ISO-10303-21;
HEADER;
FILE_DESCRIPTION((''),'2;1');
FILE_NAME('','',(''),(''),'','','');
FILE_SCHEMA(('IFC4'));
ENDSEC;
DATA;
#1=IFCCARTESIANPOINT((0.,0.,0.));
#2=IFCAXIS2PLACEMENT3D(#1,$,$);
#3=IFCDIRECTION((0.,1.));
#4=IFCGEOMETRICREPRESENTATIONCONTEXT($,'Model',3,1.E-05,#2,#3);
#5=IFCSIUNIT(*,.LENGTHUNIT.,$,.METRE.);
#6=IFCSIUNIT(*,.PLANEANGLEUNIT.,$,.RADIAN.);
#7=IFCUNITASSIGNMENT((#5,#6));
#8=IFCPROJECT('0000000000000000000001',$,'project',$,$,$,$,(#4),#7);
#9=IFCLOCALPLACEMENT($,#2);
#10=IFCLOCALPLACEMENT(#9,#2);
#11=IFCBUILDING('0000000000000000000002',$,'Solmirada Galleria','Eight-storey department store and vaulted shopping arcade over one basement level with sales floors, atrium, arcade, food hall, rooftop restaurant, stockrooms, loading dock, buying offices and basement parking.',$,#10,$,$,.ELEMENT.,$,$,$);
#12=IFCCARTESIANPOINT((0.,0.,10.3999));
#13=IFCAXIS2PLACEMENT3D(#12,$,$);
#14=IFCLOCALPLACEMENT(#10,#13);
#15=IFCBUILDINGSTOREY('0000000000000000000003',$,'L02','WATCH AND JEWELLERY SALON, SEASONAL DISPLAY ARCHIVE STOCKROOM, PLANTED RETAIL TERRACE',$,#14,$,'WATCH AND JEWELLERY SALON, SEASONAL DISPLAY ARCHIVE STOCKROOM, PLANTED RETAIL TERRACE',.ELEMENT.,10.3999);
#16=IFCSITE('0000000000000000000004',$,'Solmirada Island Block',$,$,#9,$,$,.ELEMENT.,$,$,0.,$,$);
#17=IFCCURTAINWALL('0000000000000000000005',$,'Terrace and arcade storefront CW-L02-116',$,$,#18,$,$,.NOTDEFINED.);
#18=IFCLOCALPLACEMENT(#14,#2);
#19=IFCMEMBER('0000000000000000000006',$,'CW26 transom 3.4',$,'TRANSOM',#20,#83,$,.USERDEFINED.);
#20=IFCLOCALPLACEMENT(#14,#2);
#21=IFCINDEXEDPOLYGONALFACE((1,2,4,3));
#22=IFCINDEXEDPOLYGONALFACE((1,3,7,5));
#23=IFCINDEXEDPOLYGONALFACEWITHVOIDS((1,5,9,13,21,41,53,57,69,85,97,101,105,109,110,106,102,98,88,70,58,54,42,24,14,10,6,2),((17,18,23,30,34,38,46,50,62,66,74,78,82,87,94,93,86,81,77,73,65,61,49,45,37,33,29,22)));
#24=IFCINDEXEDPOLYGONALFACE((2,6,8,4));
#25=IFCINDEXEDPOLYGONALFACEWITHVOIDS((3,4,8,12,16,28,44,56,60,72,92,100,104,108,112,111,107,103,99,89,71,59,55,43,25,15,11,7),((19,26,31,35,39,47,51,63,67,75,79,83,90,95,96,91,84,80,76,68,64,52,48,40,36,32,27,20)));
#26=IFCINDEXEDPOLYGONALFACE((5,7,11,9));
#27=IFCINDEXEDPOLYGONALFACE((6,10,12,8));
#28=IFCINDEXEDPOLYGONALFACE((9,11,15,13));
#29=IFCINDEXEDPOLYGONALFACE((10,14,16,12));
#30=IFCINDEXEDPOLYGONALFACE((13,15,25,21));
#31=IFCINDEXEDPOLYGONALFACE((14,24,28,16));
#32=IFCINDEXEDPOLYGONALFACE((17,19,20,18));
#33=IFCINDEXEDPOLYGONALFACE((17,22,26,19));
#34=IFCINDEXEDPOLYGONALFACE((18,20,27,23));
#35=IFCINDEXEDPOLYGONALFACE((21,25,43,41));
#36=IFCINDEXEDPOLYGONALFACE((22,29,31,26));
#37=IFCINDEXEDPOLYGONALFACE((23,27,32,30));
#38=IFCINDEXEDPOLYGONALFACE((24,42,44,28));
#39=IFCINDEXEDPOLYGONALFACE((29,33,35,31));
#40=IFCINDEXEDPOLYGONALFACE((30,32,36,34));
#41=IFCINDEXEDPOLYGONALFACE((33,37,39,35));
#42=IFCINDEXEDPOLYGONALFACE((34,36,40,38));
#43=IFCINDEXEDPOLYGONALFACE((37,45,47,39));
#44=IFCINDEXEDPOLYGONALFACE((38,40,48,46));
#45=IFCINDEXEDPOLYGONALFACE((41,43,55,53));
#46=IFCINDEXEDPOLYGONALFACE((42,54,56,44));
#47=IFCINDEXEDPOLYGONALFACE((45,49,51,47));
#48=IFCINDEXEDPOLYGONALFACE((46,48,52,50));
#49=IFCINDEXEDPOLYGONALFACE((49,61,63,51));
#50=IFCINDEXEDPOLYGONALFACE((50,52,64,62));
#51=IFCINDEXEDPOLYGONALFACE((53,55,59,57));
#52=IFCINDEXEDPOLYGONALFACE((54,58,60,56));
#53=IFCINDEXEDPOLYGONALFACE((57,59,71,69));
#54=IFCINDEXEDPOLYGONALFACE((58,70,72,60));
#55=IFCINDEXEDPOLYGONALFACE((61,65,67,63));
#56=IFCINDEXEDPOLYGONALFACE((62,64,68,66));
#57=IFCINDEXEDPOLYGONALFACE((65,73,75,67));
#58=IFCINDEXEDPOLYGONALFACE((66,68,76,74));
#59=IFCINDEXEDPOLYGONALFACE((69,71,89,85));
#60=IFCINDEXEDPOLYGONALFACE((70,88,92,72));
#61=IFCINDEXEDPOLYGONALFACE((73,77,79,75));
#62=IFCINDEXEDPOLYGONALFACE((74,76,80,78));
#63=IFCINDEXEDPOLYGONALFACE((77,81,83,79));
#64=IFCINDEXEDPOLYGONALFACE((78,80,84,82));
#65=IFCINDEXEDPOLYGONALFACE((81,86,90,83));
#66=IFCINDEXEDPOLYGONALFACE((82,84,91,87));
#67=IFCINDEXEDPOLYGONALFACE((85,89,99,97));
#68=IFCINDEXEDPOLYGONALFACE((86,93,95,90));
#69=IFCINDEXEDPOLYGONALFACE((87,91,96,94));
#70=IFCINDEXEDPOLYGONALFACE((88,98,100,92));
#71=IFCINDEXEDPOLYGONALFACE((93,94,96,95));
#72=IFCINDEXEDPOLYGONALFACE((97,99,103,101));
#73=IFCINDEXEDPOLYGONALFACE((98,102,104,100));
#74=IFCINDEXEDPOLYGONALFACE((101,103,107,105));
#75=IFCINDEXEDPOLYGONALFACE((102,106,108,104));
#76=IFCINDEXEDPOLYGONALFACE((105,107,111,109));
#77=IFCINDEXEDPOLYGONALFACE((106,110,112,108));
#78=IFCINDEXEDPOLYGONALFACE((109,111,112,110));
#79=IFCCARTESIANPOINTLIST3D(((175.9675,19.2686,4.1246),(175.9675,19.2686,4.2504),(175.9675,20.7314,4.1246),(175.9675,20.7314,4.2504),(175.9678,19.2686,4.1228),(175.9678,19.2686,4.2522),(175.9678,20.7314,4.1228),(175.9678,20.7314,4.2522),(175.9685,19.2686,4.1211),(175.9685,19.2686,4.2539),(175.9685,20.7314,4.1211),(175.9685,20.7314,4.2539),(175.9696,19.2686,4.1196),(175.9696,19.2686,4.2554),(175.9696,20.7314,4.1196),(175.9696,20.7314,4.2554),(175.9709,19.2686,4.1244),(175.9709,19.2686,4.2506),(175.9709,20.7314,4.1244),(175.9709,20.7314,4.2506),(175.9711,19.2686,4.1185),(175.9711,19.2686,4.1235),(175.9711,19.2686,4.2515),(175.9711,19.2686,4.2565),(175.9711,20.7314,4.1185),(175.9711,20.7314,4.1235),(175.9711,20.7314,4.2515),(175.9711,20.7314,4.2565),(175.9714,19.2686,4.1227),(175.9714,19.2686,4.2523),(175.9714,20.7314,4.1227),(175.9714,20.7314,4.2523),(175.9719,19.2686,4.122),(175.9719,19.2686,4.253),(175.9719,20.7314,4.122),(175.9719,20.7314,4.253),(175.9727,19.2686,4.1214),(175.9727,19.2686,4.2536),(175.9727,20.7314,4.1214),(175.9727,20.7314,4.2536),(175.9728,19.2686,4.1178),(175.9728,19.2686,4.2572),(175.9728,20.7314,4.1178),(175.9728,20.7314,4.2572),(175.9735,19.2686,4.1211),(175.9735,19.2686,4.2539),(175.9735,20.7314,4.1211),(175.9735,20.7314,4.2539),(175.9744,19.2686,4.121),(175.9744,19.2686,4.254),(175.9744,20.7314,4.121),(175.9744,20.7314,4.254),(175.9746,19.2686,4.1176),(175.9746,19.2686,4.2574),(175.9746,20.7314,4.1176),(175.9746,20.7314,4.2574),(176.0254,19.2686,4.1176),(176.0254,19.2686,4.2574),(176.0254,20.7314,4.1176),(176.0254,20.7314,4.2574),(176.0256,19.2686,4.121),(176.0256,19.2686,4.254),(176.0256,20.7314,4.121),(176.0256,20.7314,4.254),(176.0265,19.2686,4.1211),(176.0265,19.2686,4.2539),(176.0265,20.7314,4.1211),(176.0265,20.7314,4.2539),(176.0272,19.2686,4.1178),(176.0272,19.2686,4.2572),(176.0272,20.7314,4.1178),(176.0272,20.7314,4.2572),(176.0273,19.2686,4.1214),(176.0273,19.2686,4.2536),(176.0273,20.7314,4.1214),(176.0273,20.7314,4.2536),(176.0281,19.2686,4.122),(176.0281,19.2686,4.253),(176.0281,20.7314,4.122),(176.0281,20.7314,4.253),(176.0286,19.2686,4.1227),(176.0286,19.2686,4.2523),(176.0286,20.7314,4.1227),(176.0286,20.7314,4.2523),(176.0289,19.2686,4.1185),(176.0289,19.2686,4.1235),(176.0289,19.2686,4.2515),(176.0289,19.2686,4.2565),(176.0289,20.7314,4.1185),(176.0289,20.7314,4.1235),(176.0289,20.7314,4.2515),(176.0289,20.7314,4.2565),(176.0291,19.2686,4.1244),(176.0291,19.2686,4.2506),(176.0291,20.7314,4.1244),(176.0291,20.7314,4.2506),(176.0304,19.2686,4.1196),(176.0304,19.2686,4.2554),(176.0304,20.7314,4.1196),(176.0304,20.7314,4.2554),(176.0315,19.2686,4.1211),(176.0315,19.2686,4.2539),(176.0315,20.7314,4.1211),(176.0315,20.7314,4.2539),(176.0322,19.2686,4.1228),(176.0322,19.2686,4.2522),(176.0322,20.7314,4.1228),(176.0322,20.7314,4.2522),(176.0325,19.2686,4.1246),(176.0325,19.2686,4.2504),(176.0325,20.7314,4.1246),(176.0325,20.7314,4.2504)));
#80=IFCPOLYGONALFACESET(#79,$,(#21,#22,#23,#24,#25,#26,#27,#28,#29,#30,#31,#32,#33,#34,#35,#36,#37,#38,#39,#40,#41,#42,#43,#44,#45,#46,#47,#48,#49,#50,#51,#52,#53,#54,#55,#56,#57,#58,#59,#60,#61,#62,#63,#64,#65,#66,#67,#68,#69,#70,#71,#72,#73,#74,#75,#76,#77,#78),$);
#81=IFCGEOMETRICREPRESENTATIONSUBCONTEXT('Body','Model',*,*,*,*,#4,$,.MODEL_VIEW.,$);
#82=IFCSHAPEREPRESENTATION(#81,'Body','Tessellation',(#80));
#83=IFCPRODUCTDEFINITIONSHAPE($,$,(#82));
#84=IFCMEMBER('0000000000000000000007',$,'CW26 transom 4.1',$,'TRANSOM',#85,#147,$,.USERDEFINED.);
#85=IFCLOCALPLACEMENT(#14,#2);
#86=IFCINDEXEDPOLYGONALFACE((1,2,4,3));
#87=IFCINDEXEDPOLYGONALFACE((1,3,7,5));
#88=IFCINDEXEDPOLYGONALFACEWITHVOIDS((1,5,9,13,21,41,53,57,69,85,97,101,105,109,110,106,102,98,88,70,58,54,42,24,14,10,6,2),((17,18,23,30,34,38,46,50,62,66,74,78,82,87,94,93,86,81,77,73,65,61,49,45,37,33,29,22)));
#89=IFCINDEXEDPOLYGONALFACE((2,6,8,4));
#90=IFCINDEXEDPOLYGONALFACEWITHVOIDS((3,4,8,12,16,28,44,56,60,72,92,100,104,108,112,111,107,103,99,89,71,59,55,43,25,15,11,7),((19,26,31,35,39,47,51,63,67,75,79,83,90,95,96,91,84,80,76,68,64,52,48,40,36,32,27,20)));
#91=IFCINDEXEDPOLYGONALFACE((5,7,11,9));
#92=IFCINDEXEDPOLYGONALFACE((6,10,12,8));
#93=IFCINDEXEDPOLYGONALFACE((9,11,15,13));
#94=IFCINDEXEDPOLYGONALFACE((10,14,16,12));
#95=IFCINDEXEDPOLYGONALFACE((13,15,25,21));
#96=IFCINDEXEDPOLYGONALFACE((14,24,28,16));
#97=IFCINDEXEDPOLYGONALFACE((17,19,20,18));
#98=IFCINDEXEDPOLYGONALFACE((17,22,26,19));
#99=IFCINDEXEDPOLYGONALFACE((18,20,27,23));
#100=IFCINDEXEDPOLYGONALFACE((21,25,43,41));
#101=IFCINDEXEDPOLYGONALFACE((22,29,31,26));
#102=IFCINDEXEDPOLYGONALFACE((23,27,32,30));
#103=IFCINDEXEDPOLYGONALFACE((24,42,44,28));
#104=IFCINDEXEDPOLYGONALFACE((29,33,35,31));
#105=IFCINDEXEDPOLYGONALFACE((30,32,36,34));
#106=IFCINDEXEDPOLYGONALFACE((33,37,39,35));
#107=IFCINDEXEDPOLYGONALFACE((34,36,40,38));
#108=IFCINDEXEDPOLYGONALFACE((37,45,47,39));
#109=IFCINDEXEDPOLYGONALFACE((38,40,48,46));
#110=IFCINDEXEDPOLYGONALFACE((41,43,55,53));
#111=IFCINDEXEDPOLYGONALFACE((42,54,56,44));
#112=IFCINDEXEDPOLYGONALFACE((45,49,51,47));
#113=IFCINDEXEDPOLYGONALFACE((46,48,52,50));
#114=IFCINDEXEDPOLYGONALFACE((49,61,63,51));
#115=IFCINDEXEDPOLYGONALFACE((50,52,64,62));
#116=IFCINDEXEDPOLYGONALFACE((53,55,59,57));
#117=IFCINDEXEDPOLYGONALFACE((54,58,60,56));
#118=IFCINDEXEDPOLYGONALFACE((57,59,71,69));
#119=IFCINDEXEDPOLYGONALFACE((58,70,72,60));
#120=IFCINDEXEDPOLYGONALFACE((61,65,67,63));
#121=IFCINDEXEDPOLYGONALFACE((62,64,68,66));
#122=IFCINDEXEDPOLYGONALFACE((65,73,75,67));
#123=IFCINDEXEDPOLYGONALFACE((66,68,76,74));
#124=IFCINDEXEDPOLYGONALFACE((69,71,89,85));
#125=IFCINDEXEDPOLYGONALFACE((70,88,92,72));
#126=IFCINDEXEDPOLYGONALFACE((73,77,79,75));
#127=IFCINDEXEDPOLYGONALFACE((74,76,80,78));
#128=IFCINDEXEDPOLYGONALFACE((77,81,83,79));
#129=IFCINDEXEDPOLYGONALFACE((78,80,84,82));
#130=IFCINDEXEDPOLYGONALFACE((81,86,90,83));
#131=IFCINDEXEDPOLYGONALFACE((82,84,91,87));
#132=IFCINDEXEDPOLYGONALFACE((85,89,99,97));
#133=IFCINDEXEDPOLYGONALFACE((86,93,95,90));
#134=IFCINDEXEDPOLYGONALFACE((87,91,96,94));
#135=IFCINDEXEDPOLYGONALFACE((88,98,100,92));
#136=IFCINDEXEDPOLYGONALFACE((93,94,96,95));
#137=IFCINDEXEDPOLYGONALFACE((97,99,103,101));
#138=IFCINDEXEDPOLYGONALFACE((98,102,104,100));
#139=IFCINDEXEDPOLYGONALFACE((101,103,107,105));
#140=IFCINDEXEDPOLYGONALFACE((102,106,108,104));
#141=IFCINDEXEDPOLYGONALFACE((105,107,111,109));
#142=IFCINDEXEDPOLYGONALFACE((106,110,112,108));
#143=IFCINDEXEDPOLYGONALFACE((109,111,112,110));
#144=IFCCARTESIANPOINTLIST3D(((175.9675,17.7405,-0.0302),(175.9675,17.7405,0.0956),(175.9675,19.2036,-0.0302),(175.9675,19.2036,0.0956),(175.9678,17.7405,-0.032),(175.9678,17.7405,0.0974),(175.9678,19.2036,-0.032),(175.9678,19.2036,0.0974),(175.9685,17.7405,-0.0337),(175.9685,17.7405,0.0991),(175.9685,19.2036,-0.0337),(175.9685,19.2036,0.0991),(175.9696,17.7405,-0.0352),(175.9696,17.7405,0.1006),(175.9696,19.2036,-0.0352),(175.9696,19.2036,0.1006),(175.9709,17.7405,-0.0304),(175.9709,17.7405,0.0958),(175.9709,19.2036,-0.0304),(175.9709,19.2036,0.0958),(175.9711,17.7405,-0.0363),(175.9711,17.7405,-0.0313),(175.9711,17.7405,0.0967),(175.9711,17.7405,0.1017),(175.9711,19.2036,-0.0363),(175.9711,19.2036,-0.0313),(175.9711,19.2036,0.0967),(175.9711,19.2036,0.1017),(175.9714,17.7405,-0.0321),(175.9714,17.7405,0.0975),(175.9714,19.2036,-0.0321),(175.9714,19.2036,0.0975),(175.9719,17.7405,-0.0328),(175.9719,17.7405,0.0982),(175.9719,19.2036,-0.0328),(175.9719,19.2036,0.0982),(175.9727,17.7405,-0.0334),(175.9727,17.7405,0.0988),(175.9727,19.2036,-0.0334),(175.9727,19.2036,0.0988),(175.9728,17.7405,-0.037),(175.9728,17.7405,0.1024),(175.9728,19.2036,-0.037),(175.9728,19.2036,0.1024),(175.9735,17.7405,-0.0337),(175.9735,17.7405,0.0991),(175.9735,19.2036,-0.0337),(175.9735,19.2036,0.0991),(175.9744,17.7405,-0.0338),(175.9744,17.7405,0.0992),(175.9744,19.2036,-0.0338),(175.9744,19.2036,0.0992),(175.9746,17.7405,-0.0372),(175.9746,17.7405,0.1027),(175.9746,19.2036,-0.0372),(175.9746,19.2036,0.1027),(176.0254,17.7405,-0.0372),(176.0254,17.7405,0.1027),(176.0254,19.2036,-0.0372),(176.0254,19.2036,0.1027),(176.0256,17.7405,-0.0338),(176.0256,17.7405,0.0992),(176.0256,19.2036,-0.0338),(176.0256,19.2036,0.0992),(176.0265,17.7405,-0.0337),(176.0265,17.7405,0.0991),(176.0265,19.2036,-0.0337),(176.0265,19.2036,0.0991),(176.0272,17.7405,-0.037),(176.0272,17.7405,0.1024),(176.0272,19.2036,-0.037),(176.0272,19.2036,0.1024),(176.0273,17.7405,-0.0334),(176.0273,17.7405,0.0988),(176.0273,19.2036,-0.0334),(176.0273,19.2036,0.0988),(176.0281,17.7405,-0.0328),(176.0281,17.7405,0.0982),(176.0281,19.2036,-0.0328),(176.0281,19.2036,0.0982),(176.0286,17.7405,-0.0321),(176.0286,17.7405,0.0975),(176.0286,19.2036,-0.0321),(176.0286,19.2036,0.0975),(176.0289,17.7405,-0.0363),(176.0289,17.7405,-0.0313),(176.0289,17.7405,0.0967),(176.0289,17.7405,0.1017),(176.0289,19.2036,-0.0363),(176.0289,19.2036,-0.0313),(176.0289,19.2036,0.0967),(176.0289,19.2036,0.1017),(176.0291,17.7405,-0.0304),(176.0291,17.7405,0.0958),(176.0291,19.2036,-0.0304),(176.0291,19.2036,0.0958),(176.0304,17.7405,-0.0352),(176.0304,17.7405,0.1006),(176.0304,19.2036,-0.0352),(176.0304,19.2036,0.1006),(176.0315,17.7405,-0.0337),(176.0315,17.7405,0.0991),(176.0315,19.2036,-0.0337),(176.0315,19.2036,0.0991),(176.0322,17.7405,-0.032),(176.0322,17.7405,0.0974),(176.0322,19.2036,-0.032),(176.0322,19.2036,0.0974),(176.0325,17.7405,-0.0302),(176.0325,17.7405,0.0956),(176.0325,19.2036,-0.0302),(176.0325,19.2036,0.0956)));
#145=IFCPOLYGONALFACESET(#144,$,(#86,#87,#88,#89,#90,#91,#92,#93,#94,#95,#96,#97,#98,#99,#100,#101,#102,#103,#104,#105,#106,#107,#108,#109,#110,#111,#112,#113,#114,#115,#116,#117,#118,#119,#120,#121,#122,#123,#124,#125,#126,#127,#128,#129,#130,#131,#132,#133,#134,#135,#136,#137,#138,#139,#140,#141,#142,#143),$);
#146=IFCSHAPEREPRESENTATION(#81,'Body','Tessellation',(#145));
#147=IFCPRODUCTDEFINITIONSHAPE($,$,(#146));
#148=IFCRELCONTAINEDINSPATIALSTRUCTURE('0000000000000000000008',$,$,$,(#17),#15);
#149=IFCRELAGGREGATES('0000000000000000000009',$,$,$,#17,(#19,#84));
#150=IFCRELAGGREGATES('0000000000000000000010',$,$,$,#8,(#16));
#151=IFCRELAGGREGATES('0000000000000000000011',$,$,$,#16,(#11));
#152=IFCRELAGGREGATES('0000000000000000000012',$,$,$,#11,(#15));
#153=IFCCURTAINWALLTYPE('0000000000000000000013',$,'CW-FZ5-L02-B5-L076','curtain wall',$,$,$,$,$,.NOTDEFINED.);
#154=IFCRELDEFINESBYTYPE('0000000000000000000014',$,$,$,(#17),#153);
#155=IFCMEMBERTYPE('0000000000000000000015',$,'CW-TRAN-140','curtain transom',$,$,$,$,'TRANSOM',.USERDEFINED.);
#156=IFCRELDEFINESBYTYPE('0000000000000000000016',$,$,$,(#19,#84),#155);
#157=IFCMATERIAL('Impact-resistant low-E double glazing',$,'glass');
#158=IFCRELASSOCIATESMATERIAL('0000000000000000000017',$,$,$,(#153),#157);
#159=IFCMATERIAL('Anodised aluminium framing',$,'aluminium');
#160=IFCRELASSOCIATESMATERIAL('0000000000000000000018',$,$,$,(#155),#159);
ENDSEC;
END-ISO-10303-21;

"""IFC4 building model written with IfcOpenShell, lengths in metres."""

from ifc_helpers import new_model, si_unit, direction, frame, origin, origin_2d, place, context, subcontext, project, spatial, hollow_rectangle, extrude, material, material_profile, profile_set, type_object, element, aggregate, save


model = new_model("IFC4")

# Units and contexts
model_context = context("Model", 3, precision=1e-05, world=origin(), true_north=direction((0.0, 1.0)))
body_context = subcontext(model_context, "Body", "Model", "MODEL_VIEW")
ifc_project = project(units=[si_unit("LENGTHUNIT", "METRE"), si_unit("PLANEANGLEUNIT", "RADIAN")], contexts=[model_context])

# Site, building, storey
site_placement = place(None, origin())
site = spatial("IfcSite", under=ifc_project, at=site_placement, Name="Solmirada Island Block", CompositionType="ELEMENT", RefElevation=0.0)
building_placement = place(site_placement, origin())
building = spatial("IfcBuilding", under=site, at=building_placement, Name="Solmirada Galleria", Description="Eight-storey department store and vaulted shopping arcade over one basement level with sales floors, atrium, arcade, food hall, rooftop restaurant, stockrooms, loading dock, buying offices and basement parking.", CompositionType="ELEMENT")
storey_placement = place(building_placement, frame((0.0, 0.0, 10.3999)))
storey = spatial("IfcBuildingStorey", under=building, at=storey_placement, Name="L02", Description="WATCH AND JEWELLERY SALON, SEASONAL DISPLAY ARCHIVE STOCKROOM, PLANTED RETAIL TERRACE", LongName="WATCH AND JEWELLERY SALON, SEASONAL DISPLAY ARCHIVE STOCKROOM, PLANTED RETAIL TERRACE", CompositionType="ELEMENT", Elevation=10.3999)

# Curtain wall, members
ifc_material_1 = material(Name="Impact-resistant low-E double glazing", Category="glass")
curtain_wall_type = type_object("IfcCurtainWallType", Name="CW-FZ5-L02-B5-L076", Description="curtain wall", PredefinedType="NOTDEFINED", material=ifc_material_1)
curtain_wall_placement = place(storey_placement, origin())
curtain_wall = element("IfcCurtainWall", 1, at=curtain_wall_placement, inside=storey, type_object=curtain_wall_type, Name="Terrace and arcade storefront CW-L02-116", PredefinedType="NOTDEFINED")
ifc_material_2 = material(Name="Anodised aluminium framing", Category="aluminium")
ifc_material_profile_1 = material_profile(ifc_material_2, hollow_rectangle(XDim=0.0649, YDim=0.1399, WallThickness=0.0034, InnerFilletRadius=0.0034, OuterFilletRadius=0.0071, at=origin_2d()), Name="ALU-TRAN-140X65")
ifc_profile_set_1 = profile_set([ifc_material_profile_1], Name="Anodised aluminium framing")
member_type_1 = type_object("IfcMemberType", Name="CW-TRAN-140", Description="curtain transom", ElementType="TRANSOM", PredefinedType="USERDEFINED", material=ifc_profile_set_1)
member_1_placement = place(storey_placement, frame((176.0, 20.7314, 4.1875), z_axis=(0.0, -1.0, 0.0), x_axis=(1.0, 0.0, 0.0)))
member_1 = element("IfcMember", 2, at=member_1_placement, type_object=member_type_1, Name="CW26 transom 3.4", ObjectType="TRANSOM", PredefinedType="USERDEFINED", context=body_context, shape_type="SweptSolid", body=[
    extrude(hollow_rectangle(XDim=0.0649, YDim=0.1399, WallThickness=0.0034, InnerFilletRadius=0.0034, OuterFilletRadius=0.0071, at=origin_2d()), origin(), (0.0, 0.0, 1.0), 1.4629),
])
member_2_placement = place(storey_placement, frame((176.0, 19.2036, 0.0327), z_axis=(0.0, -1.0, 0.0), x_axis=(1.0, 0.0, 0.0)))
member_2 = element("IfcMember", 3, at=member_2_placement, type_object=member_type_1, Name="CW26 transom 4.1", ObjectType="TRANSOM", PredefinedType="USERDEFINED", context=body_context, shape_type="SweptSolid", body=[
    extrude(hollow_rectangle(XDim=0.0649, YDim=0.1399, WallThickness=0.0034, InnerFilletRadius=0.0034, OuterFilletRadius=0.0071, at=origin_2d()), origin(), (0.0, 0.0, 1.0), 1.4631),
])
aggregate(curtain_wall, [member_1, member_2])

save(model, "model.ifc")
